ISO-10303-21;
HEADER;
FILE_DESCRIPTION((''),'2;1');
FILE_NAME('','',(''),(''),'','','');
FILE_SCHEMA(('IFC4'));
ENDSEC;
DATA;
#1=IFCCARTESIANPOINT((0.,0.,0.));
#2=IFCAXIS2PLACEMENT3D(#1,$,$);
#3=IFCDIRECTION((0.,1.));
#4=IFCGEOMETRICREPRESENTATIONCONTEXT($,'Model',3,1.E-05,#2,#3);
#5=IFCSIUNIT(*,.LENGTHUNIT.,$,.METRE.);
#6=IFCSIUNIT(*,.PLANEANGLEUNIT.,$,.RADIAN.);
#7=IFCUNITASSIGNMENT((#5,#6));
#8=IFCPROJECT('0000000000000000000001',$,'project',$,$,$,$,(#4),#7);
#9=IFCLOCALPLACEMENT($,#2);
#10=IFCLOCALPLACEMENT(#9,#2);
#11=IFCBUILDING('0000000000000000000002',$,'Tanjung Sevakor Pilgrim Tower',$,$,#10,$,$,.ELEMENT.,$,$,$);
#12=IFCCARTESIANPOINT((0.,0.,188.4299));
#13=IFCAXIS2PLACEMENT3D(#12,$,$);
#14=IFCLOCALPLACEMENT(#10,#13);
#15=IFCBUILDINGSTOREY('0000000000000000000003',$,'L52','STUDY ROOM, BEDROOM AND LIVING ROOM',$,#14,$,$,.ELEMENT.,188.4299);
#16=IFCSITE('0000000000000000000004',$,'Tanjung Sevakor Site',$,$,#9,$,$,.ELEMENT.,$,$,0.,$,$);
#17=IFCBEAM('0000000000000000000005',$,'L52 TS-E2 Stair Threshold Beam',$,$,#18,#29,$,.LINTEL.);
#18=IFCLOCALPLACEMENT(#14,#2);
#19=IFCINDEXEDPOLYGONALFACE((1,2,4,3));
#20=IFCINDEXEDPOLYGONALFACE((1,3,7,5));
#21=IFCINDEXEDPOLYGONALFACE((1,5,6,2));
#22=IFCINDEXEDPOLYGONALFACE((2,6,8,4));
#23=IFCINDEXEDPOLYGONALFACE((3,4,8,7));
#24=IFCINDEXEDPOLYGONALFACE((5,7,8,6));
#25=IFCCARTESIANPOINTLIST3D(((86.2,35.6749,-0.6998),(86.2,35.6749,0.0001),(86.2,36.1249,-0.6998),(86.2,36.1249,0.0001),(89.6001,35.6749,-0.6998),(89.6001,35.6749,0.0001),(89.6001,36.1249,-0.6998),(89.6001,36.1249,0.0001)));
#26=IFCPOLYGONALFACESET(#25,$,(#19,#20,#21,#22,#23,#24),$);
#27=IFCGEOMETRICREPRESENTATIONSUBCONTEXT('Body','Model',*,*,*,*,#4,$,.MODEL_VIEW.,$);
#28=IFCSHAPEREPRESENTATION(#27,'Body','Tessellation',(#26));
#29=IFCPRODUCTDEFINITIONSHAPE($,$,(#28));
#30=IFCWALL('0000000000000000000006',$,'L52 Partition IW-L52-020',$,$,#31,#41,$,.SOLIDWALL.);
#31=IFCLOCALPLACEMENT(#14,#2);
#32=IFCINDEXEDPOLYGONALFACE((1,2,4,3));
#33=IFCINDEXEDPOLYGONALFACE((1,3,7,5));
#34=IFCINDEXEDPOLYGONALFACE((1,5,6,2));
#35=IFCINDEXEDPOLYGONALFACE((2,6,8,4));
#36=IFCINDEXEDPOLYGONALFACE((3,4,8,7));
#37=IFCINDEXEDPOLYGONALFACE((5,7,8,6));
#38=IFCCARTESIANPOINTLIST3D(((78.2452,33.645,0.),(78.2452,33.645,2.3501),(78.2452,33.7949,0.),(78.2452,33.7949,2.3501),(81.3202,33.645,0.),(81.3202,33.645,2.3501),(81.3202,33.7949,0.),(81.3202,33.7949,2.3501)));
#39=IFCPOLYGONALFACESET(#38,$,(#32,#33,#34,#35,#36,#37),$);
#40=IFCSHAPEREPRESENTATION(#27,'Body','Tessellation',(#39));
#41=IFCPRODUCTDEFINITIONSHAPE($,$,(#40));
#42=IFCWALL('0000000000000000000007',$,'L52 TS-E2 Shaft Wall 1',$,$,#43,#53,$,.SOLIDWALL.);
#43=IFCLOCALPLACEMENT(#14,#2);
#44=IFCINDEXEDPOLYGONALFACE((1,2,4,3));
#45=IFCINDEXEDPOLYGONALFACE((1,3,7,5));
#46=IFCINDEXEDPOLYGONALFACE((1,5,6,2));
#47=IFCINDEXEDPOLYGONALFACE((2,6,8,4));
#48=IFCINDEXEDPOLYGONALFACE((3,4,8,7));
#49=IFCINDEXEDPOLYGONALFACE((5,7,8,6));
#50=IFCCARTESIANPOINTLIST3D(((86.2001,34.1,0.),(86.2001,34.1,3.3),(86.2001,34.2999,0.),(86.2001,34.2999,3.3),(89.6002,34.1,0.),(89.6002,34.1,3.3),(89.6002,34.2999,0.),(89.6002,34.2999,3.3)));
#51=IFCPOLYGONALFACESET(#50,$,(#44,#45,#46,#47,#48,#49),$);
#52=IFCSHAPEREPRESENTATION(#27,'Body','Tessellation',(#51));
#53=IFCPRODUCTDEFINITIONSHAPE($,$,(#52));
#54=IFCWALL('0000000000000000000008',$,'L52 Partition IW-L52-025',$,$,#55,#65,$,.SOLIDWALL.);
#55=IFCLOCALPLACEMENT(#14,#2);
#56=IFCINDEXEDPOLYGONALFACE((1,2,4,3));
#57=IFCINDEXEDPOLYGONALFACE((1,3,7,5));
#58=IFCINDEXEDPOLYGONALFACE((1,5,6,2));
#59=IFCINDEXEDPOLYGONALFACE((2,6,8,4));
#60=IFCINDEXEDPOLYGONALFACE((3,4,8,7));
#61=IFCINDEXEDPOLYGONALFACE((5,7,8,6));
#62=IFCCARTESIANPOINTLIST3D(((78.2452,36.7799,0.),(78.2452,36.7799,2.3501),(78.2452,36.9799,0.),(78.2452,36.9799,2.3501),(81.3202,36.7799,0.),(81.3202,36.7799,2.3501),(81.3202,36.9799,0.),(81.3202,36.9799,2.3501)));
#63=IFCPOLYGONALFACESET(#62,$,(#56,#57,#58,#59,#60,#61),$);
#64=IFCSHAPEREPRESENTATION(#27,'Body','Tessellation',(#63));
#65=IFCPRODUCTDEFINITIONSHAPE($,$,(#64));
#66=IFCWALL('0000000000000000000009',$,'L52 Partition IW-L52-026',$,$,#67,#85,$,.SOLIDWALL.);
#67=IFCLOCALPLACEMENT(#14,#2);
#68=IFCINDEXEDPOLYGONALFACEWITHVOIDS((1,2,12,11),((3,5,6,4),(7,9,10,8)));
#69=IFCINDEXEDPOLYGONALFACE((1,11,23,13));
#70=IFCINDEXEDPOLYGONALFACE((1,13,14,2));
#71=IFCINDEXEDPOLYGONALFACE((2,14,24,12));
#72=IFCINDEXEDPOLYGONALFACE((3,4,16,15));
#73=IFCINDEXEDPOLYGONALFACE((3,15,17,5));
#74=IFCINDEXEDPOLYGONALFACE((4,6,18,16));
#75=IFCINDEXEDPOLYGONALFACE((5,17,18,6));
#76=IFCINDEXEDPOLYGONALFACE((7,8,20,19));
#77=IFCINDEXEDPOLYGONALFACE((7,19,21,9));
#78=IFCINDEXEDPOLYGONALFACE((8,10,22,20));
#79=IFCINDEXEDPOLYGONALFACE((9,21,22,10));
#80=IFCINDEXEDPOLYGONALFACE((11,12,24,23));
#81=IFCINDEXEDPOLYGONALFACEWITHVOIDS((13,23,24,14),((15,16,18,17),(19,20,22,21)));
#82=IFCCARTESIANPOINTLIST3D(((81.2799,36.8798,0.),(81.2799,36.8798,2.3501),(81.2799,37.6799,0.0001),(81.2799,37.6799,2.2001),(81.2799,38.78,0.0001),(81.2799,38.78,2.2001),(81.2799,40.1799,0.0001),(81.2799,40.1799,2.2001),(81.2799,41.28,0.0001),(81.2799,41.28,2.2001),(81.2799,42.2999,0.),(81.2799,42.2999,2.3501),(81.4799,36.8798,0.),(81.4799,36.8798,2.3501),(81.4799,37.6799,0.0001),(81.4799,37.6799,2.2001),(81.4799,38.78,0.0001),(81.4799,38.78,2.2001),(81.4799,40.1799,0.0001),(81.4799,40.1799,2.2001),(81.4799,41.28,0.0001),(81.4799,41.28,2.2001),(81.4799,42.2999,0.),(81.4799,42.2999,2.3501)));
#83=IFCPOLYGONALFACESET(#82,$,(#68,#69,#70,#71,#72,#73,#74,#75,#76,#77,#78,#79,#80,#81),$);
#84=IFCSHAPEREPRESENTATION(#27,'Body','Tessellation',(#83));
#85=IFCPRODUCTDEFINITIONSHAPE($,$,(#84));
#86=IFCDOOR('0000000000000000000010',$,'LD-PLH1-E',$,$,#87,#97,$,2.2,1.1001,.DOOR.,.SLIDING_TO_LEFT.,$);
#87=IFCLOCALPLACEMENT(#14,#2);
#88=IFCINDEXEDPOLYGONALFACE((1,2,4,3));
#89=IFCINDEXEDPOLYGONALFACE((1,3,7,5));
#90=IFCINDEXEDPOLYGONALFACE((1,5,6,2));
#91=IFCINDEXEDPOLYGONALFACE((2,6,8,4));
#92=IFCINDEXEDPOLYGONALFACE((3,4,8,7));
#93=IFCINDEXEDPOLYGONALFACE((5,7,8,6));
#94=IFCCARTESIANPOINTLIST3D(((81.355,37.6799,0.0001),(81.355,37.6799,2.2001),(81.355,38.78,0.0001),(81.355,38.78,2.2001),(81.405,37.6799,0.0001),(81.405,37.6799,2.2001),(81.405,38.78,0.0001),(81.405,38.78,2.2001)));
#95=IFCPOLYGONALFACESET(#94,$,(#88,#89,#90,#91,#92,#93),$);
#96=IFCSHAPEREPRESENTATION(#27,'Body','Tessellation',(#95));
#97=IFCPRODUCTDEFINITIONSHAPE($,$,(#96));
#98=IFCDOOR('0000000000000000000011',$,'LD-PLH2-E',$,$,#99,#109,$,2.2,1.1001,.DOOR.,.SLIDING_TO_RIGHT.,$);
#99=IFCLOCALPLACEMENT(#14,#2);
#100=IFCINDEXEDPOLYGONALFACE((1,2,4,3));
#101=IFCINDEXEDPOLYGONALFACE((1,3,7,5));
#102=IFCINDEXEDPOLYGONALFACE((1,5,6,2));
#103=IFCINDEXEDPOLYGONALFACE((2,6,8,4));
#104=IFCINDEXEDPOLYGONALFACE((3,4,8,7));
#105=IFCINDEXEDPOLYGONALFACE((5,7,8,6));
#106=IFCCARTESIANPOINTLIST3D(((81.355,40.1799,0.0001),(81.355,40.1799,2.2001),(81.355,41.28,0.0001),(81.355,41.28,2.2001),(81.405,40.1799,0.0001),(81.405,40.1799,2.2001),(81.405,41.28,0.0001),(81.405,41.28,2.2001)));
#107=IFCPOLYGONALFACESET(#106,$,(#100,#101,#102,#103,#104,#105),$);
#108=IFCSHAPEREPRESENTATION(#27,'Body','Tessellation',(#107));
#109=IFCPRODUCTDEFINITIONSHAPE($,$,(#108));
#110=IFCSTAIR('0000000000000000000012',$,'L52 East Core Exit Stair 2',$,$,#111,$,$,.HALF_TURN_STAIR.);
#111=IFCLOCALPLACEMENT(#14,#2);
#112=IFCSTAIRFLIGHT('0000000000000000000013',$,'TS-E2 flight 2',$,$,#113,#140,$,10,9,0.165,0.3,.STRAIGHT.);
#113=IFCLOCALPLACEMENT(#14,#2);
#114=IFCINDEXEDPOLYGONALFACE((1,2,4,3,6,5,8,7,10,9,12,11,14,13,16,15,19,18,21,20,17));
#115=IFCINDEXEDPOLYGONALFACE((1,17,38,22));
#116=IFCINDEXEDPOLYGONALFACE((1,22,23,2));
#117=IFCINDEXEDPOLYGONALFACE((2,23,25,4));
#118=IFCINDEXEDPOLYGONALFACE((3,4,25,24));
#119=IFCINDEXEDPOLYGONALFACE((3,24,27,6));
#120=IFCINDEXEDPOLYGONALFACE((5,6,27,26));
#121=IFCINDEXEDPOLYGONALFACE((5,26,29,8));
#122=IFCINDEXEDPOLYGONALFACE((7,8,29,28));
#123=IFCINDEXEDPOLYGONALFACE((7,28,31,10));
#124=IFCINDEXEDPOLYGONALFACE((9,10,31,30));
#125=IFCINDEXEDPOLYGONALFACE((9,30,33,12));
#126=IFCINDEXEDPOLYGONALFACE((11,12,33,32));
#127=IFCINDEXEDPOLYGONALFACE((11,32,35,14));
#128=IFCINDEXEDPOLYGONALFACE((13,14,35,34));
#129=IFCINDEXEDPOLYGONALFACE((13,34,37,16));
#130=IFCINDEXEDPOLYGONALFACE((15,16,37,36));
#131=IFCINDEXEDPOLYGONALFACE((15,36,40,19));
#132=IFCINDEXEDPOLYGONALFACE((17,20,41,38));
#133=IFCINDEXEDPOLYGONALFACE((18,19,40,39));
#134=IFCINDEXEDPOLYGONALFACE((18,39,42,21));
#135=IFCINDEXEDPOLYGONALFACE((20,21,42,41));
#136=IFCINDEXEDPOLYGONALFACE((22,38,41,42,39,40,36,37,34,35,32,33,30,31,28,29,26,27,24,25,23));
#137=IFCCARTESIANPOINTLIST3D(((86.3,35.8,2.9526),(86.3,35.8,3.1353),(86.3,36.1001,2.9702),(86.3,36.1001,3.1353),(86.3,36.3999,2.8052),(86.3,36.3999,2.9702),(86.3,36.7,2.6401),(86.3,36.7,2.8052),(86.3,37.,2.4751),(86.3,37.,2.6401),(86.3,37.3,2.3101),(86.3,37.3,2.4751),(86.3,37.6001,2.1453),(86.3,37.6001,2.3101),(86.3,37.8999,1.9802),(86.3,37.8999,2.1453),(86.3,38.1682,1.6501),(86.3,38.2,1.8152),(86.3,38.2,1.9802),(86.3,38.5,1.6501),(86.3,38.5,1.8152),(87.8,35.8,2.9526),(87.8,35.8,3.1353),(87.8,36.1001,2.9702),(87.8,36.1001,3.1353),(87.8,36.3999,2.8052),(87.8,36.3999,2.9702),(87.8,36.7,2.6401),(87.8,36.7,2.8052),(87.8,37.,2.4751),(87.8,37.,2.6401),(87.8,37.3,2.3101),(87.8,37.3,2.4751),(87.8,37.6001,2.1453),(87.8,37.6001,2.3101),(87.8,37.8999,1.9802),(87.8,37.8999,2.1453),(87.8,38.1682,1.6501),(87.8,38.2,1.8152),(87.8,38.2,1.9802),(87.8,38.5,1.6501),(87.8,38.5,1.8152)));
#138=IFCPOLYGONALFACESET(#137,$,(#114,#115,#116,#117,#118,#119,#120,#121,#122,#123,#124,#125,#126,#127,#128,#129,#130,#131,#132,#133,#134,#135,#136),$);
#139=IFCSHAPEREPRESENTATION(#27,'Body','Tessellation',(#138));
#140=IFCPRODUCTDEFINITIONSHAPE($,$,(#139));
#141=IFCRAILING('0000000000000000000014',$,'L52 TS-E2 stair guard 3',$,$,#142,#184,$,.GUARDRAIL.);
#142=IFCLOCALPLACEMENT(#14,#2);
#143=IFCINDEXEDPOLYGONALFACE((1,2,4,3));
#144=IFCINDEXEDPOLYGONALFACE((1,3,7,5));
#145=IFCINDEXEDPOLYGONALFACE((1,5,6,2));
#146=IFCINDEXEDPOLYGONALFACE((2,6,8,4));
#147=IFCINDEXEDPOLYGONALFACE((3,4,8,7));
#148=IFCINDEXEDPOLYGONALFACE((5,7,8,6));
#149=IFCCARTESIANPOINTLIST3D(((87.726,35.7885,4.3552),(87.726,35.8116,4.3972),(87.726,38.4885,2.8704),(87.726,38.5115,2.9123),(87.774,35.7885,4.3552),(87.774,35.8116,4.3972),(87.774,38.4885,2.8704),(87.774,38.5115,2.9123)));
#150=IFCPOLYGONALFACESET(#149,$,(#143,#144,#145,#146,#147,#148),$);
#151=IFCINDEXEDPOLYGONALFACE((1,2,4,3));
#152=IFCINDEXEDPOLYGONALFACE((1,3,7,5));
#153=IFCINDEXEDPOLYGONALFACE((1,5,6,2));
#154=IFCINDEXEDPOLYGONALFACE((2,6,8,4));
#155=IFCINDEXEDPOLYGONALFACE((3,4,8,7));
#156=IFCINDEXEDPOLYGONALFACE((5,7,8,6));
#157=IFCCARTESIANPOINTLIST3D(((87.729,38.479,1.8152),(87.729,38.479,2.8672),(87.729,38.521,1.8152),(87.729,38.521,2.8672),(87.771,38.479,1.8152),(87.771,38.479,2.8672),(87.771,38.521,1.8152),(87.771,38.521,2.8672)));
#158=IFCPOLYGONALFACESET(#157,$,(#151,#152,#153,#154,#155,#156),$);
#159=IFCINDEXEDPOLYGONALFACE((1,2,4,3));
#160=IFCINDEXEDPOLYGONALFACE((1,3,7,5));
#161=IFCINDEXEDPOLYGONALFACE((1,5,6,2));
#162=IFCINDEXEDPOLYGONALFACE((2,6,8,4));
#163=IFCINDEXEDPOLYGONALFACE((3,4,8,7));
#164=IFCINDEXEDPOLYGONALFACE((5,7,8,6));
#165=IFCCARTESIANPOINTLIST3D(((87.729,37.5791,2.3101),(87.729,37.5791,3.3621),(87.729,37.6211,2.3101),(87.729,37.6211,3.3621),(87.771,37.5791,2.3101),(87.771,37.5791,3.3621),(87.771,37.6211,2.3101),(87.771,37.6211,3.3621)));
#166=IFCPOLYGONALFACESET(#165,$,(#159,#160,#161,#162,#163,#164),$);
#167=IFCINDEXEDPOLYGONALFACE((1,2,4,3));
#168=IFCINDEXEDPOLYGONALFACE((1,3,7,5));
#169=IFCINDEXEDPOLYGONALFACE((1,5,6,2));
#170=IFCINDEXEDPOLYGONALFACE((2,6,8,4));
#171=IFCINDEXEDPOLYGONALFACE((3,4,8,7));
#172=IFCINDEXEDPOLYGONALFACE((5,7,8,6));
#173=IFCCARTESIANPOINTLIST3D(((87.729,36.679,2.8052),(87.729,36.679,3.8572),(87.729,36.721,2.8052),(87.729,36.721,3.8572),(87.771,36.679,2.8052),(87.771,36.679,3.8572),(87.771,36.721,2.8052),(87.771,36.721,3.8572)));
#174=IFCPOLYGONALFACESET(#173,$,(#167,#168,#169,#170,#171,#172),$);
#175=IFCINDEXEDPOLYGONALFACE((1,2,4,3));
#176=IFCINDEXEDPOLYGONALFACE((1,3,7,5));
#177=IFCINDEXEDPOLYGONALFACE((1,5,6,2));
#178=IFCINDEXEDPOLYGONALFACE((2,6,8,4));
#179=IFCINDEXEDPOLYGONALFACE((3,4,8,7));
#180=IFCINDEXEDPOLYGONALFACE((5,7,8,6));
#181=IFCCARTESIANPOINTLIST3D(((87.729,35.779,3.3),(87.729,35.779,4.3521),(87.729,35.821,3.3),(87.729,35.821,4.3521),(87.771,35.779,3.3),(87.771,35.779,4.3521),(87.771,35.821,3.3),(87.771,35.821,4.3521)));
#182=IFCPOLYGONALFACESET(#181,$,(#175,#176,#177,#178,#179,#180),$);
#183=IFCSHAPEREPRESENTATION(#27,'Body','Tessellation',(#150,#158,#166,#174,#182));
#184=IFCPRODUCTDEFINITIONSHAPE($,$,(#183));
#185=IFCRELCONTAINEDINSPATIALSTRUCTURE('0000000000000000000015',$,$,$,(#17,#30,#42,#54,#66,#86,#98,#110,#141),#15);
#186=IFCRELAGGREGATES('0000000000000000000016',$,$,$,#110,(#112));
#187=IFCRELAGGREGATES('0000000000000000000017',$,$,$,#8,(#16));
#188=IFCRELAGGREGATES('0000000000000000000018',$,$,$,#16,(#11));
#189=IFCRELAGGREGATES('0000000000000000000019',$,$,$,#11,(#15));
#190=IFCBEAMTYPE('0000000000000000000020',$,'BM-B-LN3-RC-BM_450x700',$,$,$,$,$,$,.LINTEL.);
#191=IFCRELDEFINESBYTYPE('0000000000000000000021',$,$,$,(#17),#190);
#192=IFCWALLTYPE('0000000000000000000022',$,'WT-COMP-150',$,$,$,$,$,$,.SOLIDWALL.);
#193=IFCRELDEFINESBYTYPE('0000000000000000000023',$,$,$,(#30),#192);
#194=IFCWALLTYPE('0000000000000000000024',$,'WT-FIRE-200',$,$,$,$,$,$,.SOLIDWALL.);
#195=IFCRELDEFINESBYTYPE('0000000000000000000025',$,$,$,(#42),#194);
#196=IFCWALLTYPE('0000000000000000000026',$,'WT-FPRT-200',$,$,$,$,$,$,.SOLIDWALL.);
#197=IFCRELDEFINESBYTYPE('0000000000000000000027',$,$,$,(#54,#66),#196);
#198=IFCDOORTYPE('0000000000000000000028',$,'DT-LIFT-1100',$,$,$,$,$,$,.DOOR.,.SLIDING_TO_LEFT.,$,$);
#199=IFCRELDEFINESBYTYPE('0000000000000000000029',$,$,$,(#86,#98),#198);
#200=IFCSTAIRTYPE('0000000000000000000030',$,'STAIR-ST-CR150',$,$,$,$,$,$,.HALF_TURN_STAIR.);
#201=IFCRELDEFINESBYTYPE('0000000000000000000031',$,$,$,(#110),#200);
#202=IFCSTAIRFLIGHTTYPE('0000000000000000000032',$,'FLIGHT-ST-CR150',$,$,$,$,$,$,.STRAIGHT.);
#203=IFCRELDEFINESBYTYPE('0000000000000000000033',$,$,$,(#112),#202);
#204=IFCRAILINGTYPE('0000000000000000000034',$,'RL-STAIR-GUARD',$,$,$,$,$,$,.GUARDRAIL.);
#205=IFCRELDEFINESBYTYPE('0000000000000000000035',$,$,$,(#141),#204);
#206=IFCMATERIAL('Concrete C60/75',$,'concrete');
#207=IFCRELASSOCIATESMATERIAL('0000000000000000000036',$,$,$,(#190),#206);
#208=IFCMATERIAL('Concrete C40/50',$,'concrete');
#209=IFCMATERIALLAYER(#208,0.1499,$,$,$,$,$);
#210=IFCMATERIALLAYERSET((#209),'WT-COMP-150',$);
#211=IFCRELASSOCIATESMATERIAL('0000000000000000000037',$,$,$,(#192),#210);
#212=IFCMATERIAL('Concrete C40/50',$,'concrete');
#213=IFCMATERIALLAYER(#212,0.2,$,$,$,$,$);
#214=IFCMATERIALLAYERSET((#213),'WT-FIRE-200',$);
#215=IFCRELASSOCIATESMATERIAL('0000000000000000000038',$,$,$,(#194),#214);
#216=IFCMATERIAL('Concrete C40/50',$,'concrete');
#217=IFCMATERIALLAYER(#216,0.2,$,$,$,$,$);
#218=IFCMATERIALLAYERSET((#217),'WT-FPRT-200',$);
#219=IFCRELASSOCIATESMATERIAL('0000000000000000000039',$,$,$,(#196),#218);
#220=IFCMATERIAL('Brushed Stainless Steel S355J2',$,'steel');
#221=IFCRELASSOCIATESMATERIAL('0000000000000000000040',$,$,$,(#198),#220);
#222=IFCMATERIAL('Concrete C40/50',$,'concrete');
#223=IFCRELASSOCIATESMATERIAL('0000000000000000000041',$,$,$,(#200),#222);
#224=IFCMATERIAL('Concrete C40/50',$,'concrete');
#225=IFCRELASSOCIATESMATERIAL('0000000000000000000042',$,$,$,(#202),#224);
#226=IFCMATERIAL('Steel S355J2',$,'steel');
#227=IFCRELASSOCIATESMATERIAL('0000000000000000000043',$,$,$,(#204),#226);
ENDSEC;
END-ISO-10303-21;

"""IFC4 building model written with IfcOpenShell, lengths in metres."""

from ifc_helpers import new_model, si_unit, direction, frame, frame_2d, origin, origin_2d, place, context, subcontext, project, spatial, polyline, rectangle, outline, extrude, material, layer, layer_set, material_profile, profile_set, type_object, element, fill, aggregate, save


model = new_model("IFC4")

# Units and contexts
model_context = context("Model", 3, precision=1e-05, world=origin(), true_north=direction((0.0, 1.0)))
body_context = subcontext(model_context, "Body", "Model", "MODEL_VIEW")
ifc_project = project(units=[si_unit("LENGTHUNIT", "METRE"), si_unit("PLANEANGLEUNIT", "RADIAN")], contexts=[model_context])

# Site, building, storey
site_placement = place(None, origin())
site = spatial("IfcSite", under=ifc_project, at=site_placement, Name="Tanjung Sevakor Site", CompositionType="ELEMENT", RefElevation=0.0)
building_placement = place(site_placement, origin())
building = spatial("IfcBuilding", under=site, at=building_placement, Name="Tanjung Sevakor Pilgrim Tower", CompositionType="ELEMENT")
storey_placement = place(building_placement, frame((0.0, 0.0, 188.4299)))
storey = spatial("IfcBuildingStorey", under=building, at=storey_placement, Name="L52", Description="STUDY ROOM, BEDROOM AND LIVING ROOM", CompositionType="ELEMENT", Elevation=188.4299)

# Beam
ifc_material_1 = material(Name="Concrete C60/75", Category="concrete")
ifc_material_profile = material_profile(ifc_material_1, rectangle(XDim=0.45, YDim=0.7, at=origin_2d()))
ifc_profile_set = profile_set([ifc_material_profile], Name="Concrete C60/75")
beam_type = type_object("IfcBeamType", Name="BM-B-LN3-RC-BM_450x700", PredefinedType="LINTEL", material=ifc_profile_set)
beam_placement = place(storey_placement, frame((86.2, 35.8999, -0.3499), z_axis=(1.0, 0.0, 0.0), x_axis=(0.0, 1.0, 0.0)))
element("IfcBeam", 1, at=beam_placement, inside=storey, type_object=beam_type, Name="L52 TS-E2 Stair Threshold Beam", PredefinedType="LINTEL", context=body_context, shape_type="SweptSolid", body=[
    extrude(rectangle(XDim=0.45, YDim=0.7, at=origin_2d()), origin(), (0.0, 0.0, 1.0), 3.4001),
])

# Wall
ifc_material_2 = material(Name="Concrete C40/50", Category="concrete")
ifc_layer_1 = layer(ifc_material_2, 0.1499)
ifc_layer_set_1 = layer_set([ifc_layer_1], Name="WT-COMP-150")
wall_type_1 = type_object("IfcWallType", Name="WT-COMP-150", PredefinedType="SOLIDWALL", material=ifc_layer_set_1)
wall_1_placement = place(storey_placement, frame((78.2451, 33.72, 0.0), z_axis=(0.0, 0.0, 1.0), x_axis=(1.0, 0.0, 0.0)))
element("IfcWall", 2, at=wall_1_placement, inside=storey, type_object=wall_type_1, Name="L52 Partition IW-L52-020", PredefinedType="SOLIDWALL", context=body_context, shape_type="SweptSolid", body=[
    extrude(rectangle(XDim=3.075, YDim=0.1499, at=frame_2d((1.5376, 0.0))), origin(), (0.0, 0.0, 1.0), 2.3501),
])

# Walls
ifc_material_3 = material(Name="Concrete C40/50", Category="concrete")
ifc_layer_2 = layer(ifc_material_3, 0.2)
ifc_layer_set_2 = layer_set([ifc_layer_2], Name="WT-FIRE-200")
wall_type_2 = type_object("IfcWallType", Name="WT-FIRE-200", PredefinedType="SOLIDWALL", material=ifc_layer_set_2)
wall_2_placement = place(storey_placement, frame((86.2, 34.2, 0.0), z_axis=(0.0, 0.0, 1.0), x_axis=(1.0, 0.0, 0.0)))
element("IfcWall", 3, at=wall_2_placement, inside=storey, type_object=wall_type_2, Name="L52 TS-E2 Shaft Wall 1", PredefinedType="SOLIDWALL", context=body_context, shape_type="SweptSolid", body=[
    extrude(rectangle(XDim=3.4001, YDim=0.2, at=frame_2d((1.7002, 0.0))), origin(), (0.0, 0.0, 1.0), 3.3),
])
ifc_material_4 = material(Name="Concrete C40/50", Category="concrete")
ifc_layer_3 = layer(ifc_material_4, 0.2)
ifc_layer_set_3 = layer_set([ifc_layer_3], Name="WT-FPRT-200")
wall_type_3 = type_object("IfcWallType", Name="WT-FPRT-200", PredefinedType="SOLIDWALL", material=ifc_layer_set_3)
wall_3_placement = place(storey_placement, frame((78.2451, 36.8799, 0.0), z_axis=(0.0, 0.0, 1.0), x_axis=(1.0, 0.0, 0.0)))
element("IfcWall", 4, at=wall_3_placement, inside=storey, type_object=wall_type_3, Name="L52 Partition IW-L52-025", PredefinedType="SOLIDWALL", context=body_context, shape_type="SweptSolid", body=[
    extrude(rectangle(XDim=3.075, YDim=0.2, at=frame_2d((1.5376, 0.0))), origin(), (0.0, 0.0, 1.0), 2.3501),
])

# Wall, openings, doors
wall_4_placement = place(storey_placement, frame((81.3799, 36.8799, 0.0), z_axis=(0.0, 0.0, 1.0), x_axis=(0.0, 1.0, 0.0)))
wall_4 = element("IfcWall", 5, at=wall_4_placement, inside=storey, type_object=wall_type_3, Name="L52 Partition IW-L52-026", PredefinedType="SOLIDWALL", context=body_context, shape_type="SweptSolid", body=[
    extrude(rectangle(XDim=5.4202, YDim=0.2, at=frame_2d((2.71, 0.0))), origin(), (0.0, 0.0, 1.0), 2.3501),
])
opening_1_placement = place(wall_4_placement, frame((0.8, 0.0, 0.0)))
opening_1 = element("IfcOpeningElement", 6, at=opening_1_placement, cuts=wall_4, PredefinedType="OPENING", context=body_context, shape_type="SweptSolid", body=[
    extrude(rectangle(XDim=1.1001, YDim=2.2, at=frame_2d((0.55, 1.1001))), frame((0.0, 0.1099, 0.0), z_axis=(0.0, -1.0, 0.0), x_axis=(1.0, 0.0, 0.0)), (0.0, 0.0, 1.0), 0.22),
])
opening_2_placement = place(wall_4_placement, frame((3.3, 0.0, 0.0)))
opening_2 = element("IfcOpeningElement", 7, at=opening_2_placement, cuts=wall_4, PredefinedType="OPENING", context=body_context, shape_type="SweptSolid", body=[
    extrude(rectangle(XDim=1.1001, YDim=2.2, at=frame_2d((0.55, 1.1001))), frame((0.0, 0.1099, 0.0), z_axis=(0.0, -1.0, 0.0), x_axis=(1.0, 0.0, 0.0)), (0.0, 0.0, 1.0), 0.22),
])
ifc_material_5 = material(Name="Brushed Stainless Steel S355J2", Category="steel")
door_type_1 = type_object("IfcDoorType", Name="DT-LIFT-1100", OperationType="SLIDING_TO_LEFT", PredefinedType="DOOR", material=ifc_material_5)
door_1_placement = place(opening_1_placement, origin())
door_1 = element("IfcDoor", 8, at=door_1_placement, inside=storey, type_object=door_type_1, Name="LD-PLH1-E", OperationType="SLIDING_TO_LEFT", OverallHeight=2.2, OverallWidth=1.1001, PredefinedType="DOOR", context=body_context, shape_type="SweptSolid", body=[
    extrude(rectangle(XDim=1.1001, YDim=2.2, at=frame_2d((0.55, 1.1001))), frame((0.0, 0.0249, 0.0), z_axis=(0.0, -1.0, 0.0), x_axis=(1.0, 0.0, 0.0)), (0.0, 0.0, 1.0), 0.05),
])
fill(opening_1, door_1)
door_2_placement = place(opening_2_placement, origin())
door_2 = element("IfcDoor", 9, at=door_2_placement, inside=storey, type_object=door_type_1, Name="LD-PLH2-E", OperationType="SLIDING_TO_RIGHT", OverallHeight=2.2, OverallWidth=1.1001, PredefinedType="DOOR", context=body_context, shape_type="SweptSolid", body=[
    extrude(rectangle(XDim=1.1001, YDim=2.2, at=frame_2d((0.55, 1.1001))), frame((0.0, 0.0249, 0.0), z_axis=(0.0, -1.0, 0.0), x_axis=(1.0, 0.0, 0.0)), (0.0, 0.0, 1.0), 0.05),
])
fill(opening_2, door_2)

# Stair, stair flight
ifc_material_6 = material(Name="Concrete C40/50", Category="concrete")
stair_type = type_object("IfcStairType", Name="STAIR-ST-CR150", PredefinedType="HALF_TURN_STAIR", material=ifc_material_6)
stair_placement = place(storey_placement, origin())
stair = element("IfcStair", 10, at=stair_placement, inside=storey, type_object=stair_type, Name="L52 East Core Exit Stair 2", PredefinedType="HALF_TURN_STAIR")
ifc_material_7 = material(Name="Concrete C40/50", Category="concrete")
stair_flight_type = type_object("IfcStairFlightType", Name="FLIGHT-ST-CR150", PredefinedType="STRAIGHT", material=ifc_material_7)
stair_flight_placement = place(storey_placement, frame((87.05, 38.5, 1.6501), z_axis=(0.0, 0.0, 1.0), x_axis=(0.0, -1.0, 0.0)))
stair_flight = element("IfcStairFlight", 11, at=stair_flight_placement, type_object=stair_flight_type, Name="TS-E2 flight 2", NumberOfRisers=10, NumberOfTreads=9, PredefinedType="STRAIGHT", RiserHeight=0.165, TreadLength=0.3, context=body_context, shape_type="SweptSolid", body=[
    extrude(outline(polyline([(0.0, 0.0), (0.0, 0.165), (0.3, 0.165), (0.3, 0.3301), (0.6001, 0.3301), (0.6001, 0.4951), (0.8999, 0.4951), (0.8999, 0.6599), (1.2, 0.6599), (1.2, 0.825), (1.5, 0.825), (1.5, 0.99), (1.8, 0.99), (1.8, 1.155), (2.1001, 1.155), (2.1001, 1.3201), (2.3999, 1.3201), (2.3999, 1.4851), (2.7, 1.4851), (2.7, 1.6499), (2.7, 1.3025), (0.3318, 0.0), (0.0, 0.0)])), frame((0.0, 0.75, 0.0), z_axis=(0.0, -1.0, 0.0), x_axis=(1.0, 0.0, 0.0)), (0.0, 0.0, 1.0), 1.5),
])
aggregate(stair, [stair_flight])

# Railing
ifc_material_8 = material(Name="Steel S355J2", Category="steel")
railing_type_1 = type_object("IfcRailingType", Name="RL-STAIR-GUARD", PredefinedType="GUARDRAIL", material=ifc_material_8)
railing_1_placement = place(storey_placement, frame((87.75, 38.5, 1.8152)))
element("IfcRailing", 12, at=railing_1_placement, inside=storey, type_object=railing_type_1, Name="L52 TS-E2 stair guard 3", PredefinedType="GUARDRAIL", context=body_context, shape_type="SweptSolid", body=[
    extrude(rectangle(XDim=0.0479, YDim=0.0479), frame((0.0, 0.0, 1.0762), z_axis=(0.0, -0.876231, 0.481891), x_axis=(1.0, 0.0, 0.0)), (0.0, 0.0, 1.0), 3.0813),
    extrude(rectangle(XDim=0.042, YDim=0.042), origin(), (0.0, 0.0, 1.0), 1.052),
    extrude(rectangle(XDim=0.042, YDim=0.042), frame((0.0, -0.8999, 0.4949)), (0.0, 0.0, 1.0), 1.052),
    extrude(rectangle(XDim=0.042, YDim=0.042), frame((0.0, -1.8, 0.99)), (0.0, 0.0, 1.0), 1.052),
    extrude(rectangle(XDim=0.042, YDim=0.042), frame((0.0, -2.7, 1.4849)), (0.0, 0.0, 1.0), 1.052),
])

save(model, "model.ifc")
